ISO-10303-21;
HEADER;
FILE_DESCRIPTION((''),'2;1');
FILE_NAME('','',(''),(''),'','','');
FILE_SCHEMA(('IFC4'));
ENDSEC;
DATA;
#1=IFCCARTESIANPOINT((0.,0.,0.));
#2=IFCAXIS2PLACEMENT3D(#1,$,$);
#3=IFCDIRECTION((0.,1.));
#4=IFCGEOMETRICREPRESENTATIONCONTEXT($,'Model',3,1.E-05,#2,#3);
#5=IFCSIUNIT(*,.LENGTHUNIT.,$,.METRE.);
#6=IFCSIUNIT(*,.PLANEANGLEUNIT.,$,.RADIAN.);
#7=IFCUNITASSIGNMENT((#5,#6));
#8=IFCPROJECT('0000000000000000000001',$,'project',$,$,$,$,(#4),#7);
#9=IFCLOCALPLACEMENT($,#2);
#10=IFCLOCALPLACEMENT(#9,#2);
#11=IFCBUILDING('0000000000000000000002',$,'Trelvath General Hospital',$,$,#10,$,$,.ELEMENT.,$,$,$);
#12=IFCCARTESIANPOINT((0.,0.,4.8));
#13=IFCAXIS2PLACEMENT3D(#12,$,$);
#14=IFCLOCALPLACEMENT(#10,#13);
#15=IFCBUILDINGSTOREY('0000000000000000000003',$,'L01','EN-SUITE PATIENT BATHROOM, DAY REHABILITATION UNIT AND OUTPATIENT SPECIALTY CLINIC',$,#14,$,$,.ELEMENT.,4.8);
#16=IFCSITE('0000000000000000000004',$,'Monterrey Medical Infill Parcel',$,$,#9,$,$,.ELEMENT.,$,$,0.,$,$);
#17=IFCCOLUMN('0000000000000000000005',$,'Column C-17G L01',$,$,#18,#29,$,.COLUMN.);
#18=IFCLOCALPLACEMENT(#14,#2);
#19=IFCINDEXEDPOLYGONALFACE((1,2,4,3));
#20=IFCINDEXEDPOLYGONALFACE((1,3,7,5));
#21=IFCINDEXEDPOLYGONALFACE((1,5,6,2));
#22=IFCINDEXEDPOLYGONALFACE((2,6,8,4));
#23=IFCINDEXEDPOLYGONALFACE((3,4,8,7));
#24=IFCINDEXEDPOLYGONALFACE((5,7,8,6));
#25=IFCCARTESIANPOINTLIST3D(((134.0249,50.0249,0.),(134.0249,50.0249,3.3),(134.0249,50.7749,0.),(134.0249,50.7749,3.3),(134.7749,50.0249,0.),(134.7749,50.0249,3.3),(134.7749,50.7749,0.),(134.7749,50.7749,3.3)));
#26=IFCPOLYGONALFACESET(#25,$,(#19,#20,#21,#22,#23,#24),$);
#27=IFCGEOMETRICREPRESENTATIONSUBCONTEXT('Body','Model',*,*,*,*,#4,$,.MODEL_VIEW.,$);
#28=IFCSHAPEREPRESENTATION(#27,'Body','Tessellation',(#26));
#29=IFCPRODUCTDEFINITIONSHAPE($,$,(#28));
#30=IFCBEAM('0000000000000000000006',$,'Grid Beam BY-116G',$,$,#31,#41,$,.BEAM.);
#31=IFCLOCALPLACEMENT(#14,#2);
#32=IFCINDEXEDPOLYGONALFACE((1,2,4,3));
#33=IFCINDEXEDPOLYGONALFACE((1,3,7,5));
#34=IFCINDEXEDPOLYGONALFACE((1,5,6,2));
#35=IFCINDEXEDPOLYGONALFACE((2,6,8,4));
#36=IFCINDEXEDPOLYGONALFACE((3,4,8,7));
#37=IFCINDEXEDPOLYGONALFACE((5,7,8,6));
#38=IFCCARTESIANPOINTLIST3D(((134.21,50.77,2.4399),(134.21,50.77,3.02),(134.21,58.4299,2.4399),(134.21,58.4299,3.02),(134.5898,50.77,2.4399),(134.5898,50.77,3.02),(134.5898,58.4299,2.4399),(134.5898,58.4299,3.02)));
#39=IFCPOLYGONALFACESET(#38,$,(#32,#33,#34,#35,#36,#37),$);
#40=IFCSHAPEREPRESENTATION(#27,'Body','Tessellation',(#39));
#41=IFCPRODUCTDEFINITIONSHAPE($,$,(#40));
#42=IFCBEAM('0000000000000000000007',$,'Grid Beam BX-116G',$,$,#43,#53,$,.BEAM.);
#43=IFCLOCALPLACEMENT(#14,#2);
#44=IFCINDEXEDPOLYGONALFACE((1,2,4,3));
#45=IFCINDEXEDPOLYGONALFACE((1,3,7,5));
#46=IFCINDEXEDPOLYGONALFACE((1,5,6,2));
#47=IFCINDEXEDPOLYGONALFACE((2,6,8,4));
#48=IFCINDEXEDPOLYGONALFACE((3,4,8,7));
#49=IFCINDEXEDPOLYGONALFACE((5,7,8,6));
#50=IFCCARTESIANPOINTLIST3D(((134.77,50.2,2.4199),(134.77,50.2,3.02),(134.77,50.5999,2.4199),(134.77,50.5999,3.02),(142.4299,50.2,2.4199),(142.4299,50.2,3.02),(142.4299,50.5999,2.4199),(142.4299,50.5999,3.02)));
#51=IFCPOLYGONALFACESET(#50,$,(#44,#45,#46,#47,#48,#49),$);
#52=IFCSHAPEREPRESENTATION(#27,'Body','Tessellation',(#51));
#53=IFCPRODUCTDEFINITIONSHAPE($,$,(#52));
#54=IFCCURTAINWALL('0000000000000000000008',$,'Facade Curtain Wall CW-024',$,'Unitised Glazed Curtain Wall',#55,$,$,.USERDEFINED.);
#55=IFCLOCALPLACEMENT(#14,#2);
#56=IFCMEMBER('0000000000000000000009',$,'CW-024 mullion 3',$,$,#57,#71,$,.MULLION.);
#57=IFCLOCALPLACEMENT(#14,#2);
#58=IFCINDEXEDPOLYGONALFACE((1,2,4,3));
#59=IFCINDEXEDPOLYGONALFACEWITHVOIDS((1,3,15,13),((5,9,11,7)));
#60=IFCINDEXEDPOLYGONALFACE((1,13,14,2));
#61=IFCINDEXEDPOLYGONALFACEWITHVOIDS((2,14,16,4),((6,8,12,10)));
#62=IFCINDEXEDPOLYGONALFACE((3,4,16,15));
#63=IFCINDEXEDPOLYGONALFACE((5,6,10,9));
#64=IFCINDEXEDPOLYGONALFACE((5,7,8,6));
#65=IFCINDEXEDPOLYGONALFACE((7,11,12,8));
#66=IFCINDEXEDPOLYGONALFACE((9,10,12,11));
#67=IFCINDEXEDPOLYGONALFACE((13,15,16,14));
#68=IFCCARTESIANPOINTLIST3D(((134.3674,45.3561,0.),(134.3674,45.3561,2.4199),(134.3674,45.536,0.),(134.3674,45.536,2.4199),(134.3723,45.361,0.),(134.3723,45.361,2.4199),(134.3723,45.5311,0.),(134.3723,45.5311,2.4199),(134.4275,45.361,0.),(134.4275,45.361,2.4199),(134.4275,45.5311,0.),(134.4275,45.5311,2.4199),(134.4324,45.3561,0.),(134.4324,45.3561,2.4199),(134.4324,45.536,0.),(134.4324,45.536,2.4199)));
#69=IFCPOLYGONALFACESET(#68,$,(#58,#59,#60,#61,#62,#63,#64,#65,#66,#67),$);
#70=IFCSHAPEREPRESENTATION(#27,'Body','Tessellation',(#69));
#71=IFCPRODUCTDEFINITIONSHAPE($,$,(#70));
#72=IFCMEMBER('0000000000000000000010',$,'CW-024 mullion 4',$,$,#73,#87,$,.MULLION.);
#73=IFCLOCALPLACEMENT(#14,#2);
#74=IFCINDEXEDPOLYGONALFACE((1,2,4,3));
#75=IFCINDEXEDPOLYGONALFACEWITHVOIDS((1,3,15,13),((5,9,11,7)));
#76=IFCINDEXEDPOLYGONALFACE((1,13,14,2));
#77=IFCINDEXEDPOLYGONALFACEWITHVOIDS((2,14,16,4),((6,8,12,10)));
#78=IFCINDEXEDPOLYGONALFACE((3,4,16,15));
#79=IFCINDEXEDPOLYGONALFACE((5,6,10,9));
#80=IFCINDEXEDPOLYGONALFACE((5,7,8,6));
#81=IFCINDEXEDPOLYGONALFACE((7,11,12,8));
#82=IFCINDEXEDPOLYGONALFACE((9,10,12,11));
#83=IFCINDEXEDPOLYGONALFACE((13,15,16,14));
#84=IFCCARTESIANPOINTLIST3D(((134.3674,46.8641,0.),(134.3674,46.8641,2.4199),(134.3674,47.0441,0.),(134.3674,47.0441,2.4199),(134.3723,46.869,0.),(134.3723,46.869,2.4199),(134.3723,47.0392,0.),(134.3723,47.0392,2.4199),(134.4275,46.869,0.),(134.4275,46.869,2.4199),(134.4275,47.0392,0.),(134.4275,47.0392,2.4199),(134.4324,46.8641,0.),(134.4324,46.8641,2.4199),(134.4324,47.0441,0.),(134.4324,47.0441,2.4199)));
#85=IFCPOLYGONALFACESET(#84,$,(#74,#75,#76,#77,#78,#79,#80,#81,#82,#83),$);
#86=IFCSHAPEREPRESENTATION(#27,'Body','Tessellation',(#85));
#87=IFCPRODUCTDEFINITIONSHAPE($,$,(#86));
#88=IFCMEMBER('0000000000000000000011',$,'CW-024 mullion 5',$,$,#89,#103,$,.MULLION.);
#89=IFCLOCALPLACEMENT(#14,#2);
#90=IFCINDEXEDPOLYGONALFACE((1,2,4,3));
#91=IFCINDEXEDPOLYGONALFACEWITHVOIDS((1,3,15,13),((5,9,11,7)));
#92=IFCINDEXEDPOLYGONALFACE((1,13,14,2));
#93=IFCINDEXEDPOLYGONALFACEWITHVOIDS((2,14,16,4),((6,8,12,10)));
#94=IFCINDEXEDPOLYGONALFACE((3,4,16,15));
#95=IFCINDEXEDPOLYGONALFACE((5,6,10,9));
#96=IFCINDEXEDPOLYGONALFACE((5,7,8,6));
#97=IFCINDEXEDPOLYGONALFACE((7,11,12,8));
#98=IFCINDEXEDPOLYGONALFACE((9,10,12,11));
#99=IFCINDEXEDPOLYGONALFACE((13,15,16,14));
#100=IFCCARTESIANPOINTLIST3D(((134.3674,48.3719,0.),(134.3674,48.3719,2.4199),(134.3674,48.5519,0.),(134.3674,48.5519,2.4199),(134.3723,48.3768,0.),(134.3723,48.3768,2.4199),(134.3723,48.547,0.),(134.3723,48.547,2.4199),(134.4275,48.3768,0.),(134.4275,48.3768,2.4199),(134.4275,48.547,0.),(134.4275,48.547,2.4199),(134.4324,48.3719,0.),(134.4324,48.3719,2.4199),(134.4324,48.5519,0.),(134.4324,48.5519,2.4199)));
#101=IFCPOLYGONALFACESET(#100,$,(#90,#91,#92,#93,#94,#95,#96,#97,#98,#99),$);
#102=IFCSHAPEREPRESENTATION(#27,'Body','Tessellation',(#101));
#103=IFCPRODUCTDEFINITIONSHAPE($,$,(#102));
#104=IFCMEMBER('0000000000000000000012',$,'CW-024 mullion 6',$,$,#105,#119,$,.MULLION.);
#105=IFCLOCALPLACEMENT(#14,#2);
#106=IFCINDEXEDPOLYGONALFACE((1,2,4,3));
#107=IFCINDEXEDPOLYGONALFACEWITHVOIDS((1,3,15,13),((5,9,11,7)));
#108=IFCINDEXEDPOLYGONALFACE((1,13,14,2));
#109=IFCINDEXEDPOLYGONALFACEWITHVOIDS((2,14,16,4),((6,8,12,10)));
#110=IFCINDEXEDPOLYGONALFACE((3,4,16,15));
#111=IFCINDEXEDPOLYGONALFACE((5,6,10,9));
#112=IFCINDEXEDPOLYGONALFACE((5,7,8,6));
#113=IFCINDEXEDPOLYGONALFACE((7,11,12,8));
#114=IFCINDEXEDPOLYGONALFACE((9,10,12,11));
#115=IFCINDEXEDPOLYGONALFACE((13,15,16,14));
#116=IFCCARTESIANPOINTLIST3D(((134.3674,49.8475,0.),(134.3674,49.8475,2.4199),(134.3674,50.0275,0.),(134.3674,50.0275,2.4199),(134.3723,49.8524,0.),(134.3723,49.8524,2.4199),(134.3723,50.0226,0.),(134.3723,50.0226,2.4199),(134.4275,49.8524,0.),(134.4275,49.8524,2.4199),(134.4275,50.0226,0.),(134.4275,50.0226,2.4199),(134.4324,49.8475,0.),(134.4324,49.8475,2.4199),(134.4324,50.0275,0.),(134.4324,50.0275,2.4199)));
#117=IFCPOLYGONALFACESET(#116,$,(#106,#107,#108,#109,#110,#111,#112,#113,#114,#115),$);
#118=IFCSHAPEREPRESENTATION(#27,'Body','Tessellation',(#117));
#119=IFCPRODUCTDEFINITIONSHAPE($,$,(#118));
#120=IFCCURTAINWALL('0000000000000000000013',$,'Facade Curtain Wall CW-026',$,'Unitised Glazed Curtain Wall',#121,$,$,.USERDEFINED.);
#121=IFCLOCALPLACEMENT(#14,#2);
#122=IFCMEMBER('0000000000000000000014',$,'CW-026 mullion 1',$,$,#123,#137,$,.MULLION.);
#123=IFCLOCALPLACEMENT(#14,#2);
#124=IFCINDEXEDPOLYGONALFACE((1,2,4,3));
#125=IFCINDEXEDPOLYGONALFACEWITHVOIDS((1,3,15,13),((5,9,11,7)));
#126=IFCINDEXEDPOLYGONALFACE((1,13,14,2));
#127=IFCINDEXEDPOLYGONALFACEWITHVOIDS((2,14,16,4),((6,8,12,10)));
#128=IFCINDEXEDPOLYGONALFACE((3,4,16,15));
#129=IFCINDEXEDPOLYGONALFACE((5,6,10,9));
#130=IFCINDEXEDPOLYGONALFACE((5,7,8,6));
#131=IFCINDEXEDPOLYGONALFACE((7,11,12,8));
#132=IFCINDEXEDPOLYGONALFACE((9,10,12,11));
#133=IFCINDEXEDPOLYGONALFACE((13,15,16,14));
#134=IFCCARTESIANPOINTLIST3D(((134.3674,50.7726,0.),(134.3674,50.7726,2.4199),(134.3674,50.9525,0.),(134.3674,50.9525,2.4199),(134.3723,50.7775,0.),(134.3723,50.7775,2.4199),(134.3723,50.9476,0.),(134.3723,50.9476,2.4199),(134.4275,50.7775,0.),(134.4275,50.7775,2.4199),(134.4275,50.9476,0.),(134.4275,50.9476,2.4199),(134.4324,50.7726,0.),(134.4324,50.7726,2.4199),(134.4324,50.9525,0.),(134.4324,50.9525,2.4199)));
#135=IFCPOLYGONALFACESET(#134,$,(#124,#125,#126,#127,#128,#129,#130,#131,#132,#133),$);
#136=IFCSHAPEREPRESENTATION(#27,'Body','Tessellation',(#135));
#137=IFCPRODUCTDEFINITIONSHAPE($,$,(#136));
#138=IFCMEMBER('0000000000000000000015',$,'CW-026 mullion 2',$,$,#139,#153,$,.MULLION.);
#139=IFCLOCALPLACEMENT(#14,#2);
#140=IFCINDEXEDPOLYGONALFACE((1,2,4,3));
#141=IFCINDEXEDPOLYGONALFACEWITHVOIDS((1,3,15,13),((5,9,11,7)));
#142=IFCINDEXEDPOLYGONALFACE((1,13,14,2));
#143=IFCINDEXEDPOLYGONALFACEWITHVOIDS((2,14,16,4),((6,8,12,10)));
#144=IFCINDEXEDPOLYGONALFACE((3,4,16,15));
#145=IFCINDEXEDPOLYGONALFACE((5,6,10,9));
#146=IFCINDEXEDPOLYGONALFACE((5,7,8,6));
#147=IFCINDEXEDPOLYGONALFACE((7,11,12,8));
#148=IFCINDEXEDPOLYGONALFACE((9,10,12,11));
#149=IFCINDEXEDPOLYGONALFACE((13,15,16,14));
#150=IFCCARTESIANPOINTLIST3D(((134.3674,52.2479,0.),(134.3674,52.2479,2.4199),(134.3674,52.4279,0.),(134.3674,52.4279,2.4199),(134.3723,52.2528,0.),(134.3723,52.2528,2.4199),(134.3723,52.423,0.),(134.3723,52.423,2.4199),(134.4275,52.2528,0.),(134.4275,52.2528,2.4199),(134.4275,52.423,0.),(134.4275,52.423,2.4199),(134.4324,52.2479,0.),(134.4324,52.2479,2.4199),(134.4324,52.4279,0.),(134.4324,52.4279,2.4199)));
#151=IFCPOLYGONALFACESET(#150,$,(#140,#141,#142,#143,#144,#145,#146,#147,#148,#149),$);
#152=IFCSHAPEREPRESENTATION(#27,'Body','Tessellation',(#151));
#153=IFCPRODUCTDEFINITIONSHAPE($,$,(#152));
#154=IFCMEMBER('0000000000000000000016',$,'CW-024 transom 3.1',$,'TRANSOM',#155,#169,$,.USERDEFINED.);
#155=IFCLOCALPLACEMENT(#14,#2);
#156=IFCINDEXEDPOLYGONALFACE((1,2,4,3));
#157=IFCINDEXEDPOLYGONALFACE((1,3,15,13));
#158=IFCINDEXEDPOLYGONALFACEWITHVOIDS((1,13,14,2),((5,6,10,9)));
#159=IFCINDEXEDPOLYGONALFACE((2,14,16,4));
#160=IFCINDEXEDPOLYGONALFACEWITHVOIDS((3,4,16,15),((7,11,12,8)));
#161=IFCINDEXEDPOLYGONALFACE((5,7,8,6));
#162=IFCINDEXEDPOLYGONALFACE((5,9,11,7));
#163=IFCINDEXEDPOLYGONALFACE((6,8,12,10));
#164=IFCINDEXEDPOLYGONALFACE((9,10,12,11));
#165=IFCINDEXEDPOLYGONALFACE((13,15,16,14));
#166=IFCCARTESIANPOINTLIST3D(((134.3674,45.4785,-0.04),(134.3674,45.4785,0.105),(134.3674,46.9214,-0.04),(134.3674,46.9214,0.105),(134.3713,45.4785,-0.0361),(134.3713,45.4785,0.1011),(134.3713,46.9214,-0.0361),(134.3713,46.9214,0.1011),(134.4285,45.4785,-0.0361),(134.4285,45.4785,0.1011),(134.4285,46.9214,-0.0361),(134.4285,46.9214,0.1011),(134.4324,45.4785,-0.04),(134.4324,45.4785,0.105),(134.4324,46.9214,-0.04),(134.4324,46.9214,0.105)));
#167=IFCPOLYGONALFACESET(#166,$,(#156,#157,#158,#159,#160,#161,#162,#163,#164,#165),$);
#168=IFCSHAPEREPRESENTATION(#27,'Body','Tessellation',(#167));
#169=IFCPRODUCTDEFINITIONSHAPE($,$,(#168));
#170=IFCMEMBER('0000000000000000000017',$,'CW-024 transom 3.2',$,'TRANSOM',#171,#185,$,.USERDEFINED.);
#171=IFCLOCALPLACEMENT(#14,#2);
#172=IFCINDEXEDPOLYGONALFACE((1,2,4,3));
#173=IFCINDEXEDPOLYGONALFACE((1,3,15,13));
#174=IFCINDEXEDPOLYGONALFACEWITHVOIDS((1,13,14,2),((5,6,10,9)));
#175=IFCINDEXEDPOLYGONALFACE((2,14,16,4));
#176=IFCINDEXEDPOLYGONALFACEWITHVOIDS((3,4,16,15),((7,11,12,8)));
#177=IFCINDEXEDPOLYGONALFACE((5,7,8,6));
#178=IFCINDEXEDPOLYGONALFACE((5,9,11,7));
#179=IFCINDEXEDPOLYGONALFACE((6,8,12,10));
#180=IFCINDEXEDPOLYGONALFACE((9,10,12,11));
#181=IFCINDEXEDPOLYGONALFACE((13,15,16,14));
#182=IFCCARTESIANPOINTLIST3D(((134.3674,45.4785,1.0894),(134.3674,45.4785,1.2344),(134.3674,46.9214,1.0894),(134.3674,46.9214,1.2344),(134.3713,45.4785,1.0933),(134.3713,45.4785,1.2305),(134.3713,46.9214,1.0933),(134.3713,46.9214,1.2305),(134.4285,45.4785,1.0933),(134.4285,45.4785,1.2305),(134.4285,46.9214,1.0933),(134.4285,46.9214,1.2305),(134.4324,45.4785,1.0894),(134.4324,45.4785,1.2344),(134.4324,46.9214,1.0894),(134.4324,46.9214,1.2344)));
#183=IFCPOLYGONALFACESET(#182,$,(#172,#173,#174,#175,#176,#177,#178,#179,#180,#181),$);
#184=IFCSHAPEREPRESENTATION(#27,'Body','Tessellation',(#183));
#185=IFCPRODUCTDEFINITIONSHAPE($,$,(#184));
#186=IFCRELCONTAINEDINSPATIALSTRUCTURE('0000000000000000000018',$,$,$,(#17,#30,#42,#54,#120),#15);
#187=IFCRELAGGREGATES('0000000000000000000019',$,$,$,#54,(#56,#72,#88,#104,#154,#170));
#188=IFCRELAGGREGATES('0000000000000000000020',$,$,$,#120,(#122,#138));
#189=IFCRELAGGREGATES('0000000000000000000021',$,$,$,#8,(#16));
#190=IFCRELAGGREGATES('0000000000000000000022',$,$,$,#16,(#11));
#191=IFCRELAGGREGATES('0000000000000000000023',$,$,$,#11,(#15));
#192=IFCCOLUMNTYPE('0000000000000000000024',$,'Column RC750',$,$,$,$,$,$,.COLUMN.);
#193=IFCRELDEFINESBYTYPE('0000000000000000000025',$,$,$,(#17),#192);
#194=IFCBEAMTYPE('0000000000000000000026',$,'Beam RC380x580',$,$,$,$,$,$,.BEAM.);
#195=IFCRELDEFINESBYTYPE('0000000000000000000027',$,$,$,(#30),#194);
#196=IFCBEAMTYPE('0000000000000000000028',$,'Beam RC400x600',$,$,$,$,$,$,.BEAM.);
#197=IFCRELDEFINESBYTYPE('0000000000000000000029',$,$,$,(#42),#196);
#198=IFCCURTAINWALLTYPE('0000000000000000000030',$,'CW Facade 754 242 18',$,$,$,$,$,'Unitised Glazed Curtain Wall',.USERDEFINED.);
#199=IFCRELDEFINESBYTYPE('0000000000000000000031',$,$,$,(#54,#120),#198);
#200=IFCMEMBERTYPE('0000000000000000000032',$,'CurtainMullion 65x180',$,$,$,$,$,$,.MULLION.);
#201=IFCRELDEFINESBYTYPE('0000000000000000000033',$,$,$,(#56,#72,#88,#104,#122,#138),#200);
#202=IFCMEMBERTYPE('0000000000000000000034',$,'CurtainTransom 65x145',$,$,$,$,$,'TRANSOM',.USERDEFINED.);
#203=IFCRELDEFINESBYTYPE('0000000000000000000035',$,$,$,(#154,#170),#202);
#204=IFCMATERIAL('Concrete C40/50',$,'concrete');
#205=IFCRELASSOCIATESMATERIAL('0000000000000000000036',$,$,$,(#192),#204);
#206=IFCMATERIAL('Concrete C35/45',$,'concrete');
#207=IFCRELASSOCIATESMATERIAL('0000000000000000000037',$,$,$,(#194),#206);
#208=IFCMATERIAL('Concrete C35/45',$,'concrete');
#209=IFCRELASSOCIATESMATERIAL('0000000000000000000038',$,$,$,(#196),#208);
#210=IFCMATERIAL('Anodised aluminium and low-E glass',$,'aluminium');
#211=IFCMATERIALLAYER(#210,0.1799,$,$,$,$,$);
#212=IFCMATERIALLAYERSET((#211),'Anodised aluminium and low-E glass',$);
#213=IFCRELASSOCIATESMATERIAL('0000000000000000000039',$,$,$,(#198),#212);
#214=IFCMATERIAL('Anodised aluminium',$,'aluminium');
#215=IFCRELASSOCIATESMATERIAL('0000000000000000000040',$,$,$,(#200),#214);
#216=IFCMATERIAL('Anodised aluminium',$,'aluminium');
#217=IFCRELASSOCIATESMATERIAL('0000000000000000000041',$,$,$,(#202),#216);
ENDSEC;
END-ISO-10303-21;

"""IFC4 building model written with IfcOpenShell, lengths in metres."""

from ifc_helpers import new_model, si_unit, direction, frame, origin, origin_2d, place, context, subcontext, project, spatial, rectangle, hollow_rectangle, extrude, material, layer, layer_set, material_profile, profile_set, type_object, element, aggregate, save


model = new_model("IFC4")

# Units and contexts
model_context = context("Model", 3, precision=1e-05, world=origin(), true_north=direction((0.0, 1.0)))
body_context = subcontext(model_context, "Body", "Model", "MODEL_VIEW")
ifc_project = project(units=[si_unit("LENGTHUNIT", "METRE"), si_unit("PLANEANGLEUNIT", "RADIAN")], contexts=[model_context])

# Site, building, storey
site_placement = place(None, origin())
site = spatial("IfcSite", under=ifc_project, at=site_placement, Name="Monterrey Medical Infill Parcel", CompositionType="ELEMENT", RefElevation=0.0)
building_placement = place(site_placement, origin())
building = spatial("IfcBuilding", under=site, at=building_placement, Name="Trelvath General Hospital", CompositionType="ELEMENT")
storey_placement = place(building_placement, frame((0.0, 0.0, 4.8)))
storey = spatial("IfcBuildingStorey", under=building, at=storey_placement, Name="L01", Description="EN-SUITE PATIENT BATHROOM, DAY REHABILITATION UNIT AND OUTPATIENT SPECIALTY CLINIC", CompositionType="ELEMENT", Elevation=4.8)

# Column
ifc_material_1 = material(Name="Concrete C40/50", Category="concrete")
ifc_material_profile_1 = material_profile(ifc_material_1, rectangle(XDim=0.75, YDim=0.75, at=origin_2d()), Name="RC750x750")
ifc_profile_set_1 = profile_set([ifc_material_profile_1], Name="Concrete C40/50")
column_type = type_object("IfcColumnType", Name="Column RC750", PredefinedType="COLUMN", material=ifc_profile_set_1)
column_placement = place(storey_placement, frame((134.3999, 50.3999, 0.0), z_axis=(0.0, 0.0, 1.0), x_axis=(1.0, 0.0, 0.0)))
element("IfcColumn", 1, at=column_placement, inside=storey, type_object=column_type, Name="Column C-17G L01", PredefinedType="COLUMN", context=body_context, shape_type="SweptSolid", body=[
    extrude(rectangle(XDim=0.75, YDim=0.75, at=origin_2d()), origin(), (0.0, 0.0, 1.0), 3.3),
])

# Beams
ifc_material_2 = material(Name="Concrete C35/45", Category="concrete")
ifc_material_profile_2 = material_profile(ifc_material_2, rectangle(XDim=0.3799, YDim=0.5801, at=origin_2d()), Name="RCB380x580")
ifc_profile_set_2 = profile_set([ifc_material_profile_2], Name="Concrete C35/45")
beam_type_1 = type_object("IfcBeamType", Name="Beam RC380x580", PredefinedType="BEAM", material=ifc_profile_set_2)
beam_1_placement = place(storey_placement, frame((134.3999, 50.77, 2.73), z_axis=(0.0, 1.0, 0.0), x_axis=(-1.0, 0.0, 0.0)))
element("IfcBeam", 2, at=beam_1_placement, inside=storey, type_object=beam_type_1, Name="Grid Beam BY-116G", PredefinedType="BEAM", context=body_context, shape_type="SweptSolid", body=[
    extrude(rectangle(XDim=0.3799, YDim=0.5801, at=origin_2d()), origin(), (0.0, 0.0, 1.0), 7.6599),
])
ifc_material_3 = material(Name="Concrete C35/45", Category="concrete")
ifc_material_profile_3 = material_profile(ifc_material_3, rectangle(XDim=0.3999, YDim=0.6001, at=origin_2d()), Name="RCB400x600")
ifc_profile_set_3 = profile_set([ifc_material_profile_3], Name="Concrete C35/45")
beam_type_2 = type_object("IfcBeamType", Name="Beam RC400x600", PredefinedType="BEAM", material=ifc_profile_set_3)
beam_2_placement = place(storey_placement, frame((134.77, 50.3999, 2.72), z_axis=(1.0, 0.0, 0.0), x_axis=(0.0, 1.0, 0.0)))
element("IfcBeam", 3, at=beam_2_placement, inside=storey, type_object=beam_type_2, Name="Grid Beam BX-116G", PredefinedType="BEAM", context=body_context, shape_type="SweptSolid", body=[
    extrude(rectangle(XDim=0.3999, YDim=0.6001, at=origin_2d()), origin(), (0.0, 0.0, 1.0), 7.6599),
])

# Curtain walls, members
ifc_material_4 = material(Name="Anodised aluminium and low-E glass", Category="aluminium")
ifc_layer_1 = layer(ifc_material_4, 0.1799)
ifc_layer_set_1 = layer_set([ifc_layer_1], Name="Anodised aluminium and low-E glass")
curtain_wall_type = type_object("IfcCurtainWallType", Name="CW Facade 754 242 18", ElementType="Unitised Glazed Curtain Wall", PredefinedType="USERDEFINED", material=ifc_layer_set_1)
curtain_wall_1_placement = place(storey_placement, origin())
curtain_wall_1 = element("IfcCurtainWall", 4, at=curtain_wall_1_placement, inside=storey, type_object=curtain_wall_type, Name="Facade Curtain Wall CW-024", ObjectType="Unitised Glazed Curtain Wall", PredefinedType="USERDEFINED")
ifc_material_5 = material(Name="Anodised aluminium", Category="aluminium")
ifc_material_profile_4 = material_profile(ifc_material_5, hollow_rectangle(XDim=0.0649, YDim=0.1799, WallThickness=0.0049, at=origin_2d()), Name="RHS65x180x5")
ifc_profile_set_4 = profile_set([ifc_material_profile_4], Name="Anodised aluminium")
member_type_1 = type_object("IfcMemberType", Name="CurtainMullion 65x180", PredefinedType="MULLION", material=ifc_profile_set_4)
member_1_placement = place(storey_placement, frame((134.3999, 45.446, 0.0), z_axis=(0.0, 0.0, 1.0), x_axis=(-1.0, 0.0, 0.0)))
member_1 = element("IfcMember", 5, at=member_1_placement, type_object=member_type_1, Name="CW-024 mullion 3", PredefinedType="MULLION", context=body_context, shape_type="SweptSolid", body=[
    extrude(hollow_rectangle(XDim=0.0649, YDim=0.1799, WallThickness=0.0049, at=origin_2d()), origin(), (0.0, 0.0, 1.0), 2.4199),
])
member_2_placement = place(storey_placement, frame((134.3999, 46.9541, 0.0), z_axis=(0.0, 0.0, 1.0), x_axis=(-1.0, 0.0, 0.0)))
member_2 = element("IfcMember", 6, at=member_2_placement, type_object=member_type_1, Name="CW-024 mullion 4", PredefinedType="MULLION", context=body_context, shape_type="SweptSolid", body=[
    extrude(hollow_rectangle(XDim=0.0649, YDim=0.1799, WallThickness=0.0049, at=origin_2d()), origin(), (0.0, 0.0, 1.0), 2.4199),
])
member_3_placement = place(storey_placement, frame((134.3999, 48.4619, 0.0), z_axis=(0.0, 0.0, 1.0), x_axis=(-1.0, 0.0, 0.0)))
member_3 = element("IfcMember", 7, at=member_3_placement, type_object=member_type_1, Name="CW-024 mullion 5", PredefinedType="MULLION", context=body_context, shape_type="SweptSolid", body=[
    extrude(hollow_rectangle(XDim=0.0649, YDim=0.1799, WallThickness=0.0049, at=origin_2d()), origin(), (0.0, 0.0, 1.0), 2.4199),
])
member_4_placement = place(storey_placement, frame((134.3999, 49.9375, 0.0), z_axis=(0.0, 0.0, 1.0), x_axis=(-1.0, 0.0, 0.0)))
member_4 = element("IfcMember", 8, at=member_4_placement, type_object=member_type_1, Name="CW-024 mullion 6", PredefinedType="MULLION", context=body_context, shape_type="SweptSolid", body=[
    extrude(hollow_rectangle(XDim=0.0649, YDim=0.1799, WallThickness=0.0049, at=origin_2d()), origin(), (0.0, 0.0, 1.0), 2.4199),
])
curtain_wall_2_placement = place(storey_placement, origin())
curtain_wall_2 = element("IfcCurtainWall", 9, at=curtain_wall_2_placement, inside=storey, type_object=curtain_wall_type, Name="Facade Curtain Wall CW-026", ObjectType="Unitised Glazed Curtain Wall", PredefinedType="USERDEFINED")
member_5_placement = place(storey_placement, frame((134.3999, 50.8625, 0.0), z_axis=(0.0, 0.0, 1.0), x_axis=(-1.0, 0.0, 0.0)))
member_5 = element("IfcMember", 10, at=member_5_placement, type_object=member_type_1, Name="CW-026 mullion 1", PredefinedType="MULLION", context=body_context, shape_type="SweptSolid", body=[
    extrude(hollow_rectangle(XDim=0.0649, YDim=0.1799, WallThickness=0.0049, at=origin_2d()), origin(), (0.0, 0.0, 1.0), 2.4199),
])
member_6_placement = place(storey_placement, frame((134.3999, 52.3379, 0.0), z_axis=(0.0, 0.0, 1.0), x_axis=(-1.0, 0.0, 0.0)))
member_6 = element("IfcMember", 11, at=member_6_placement, type_object=member_type_1, Name="CW-026 mullion 2", PredefinedType="MULLION", context=body_context, shape_type="SweptSolid", body=[
    extrude(hollow_rectangle(XDim=0.0649, YDim=0.1799, WallThickness=0.0049, at=origin_2d()), origin(), (0.0, 0.0, 1.0), 2.4199),
])

# Members
ifc_material_6 = material(Name="Anodised aluminium", Category="aluminium")
ifc_material_profile_5 = material_profile(ifc_material_6, hollow_rectangle(XDim=0.0649, YDim=0.145, WallThickness=0.0039, at=origin_2d()), Name="RHS65x145x4")
ifc_profile_set_5 = profile_set([ifc_material_profile_5], Name="Anodised aluminium")
member_type_2 = type_object("IfcMemberType", Name="CurtainTransom 65x145", ElementType="TRANSOM", PredefinedType="USERDEFINED", material=ifc_profile_set_5)
member_7_placement = place(storey_placement, frame((134.3999, 45.4785, 0.0325), z_axis=(0.0, 1.0, 0.0), x_axis=(-1.0, 0.0, 0.0)))
member_7 = element("IfcMember", 12, at=member_7_placement, type_object=member_type_2, Name="CW-024 transom 3.1", ObjectType="TRANSOM", PredefinedType="USERDEFINED", context=body_context, shape_type="SweptSolid", body=[
    extrude(hollow_rectangle(XDim=0.0649, YDim=0.145, WallThickness=0.0039, at=origin_2d()), origin(), (0.0, 0.0, 1.0), 1.4429),
])
member_8_placement = place(storey_placement, frame((134.3999, 45.4785, 1.1619), z_axis=(0.0, 1.0, 0.0), x_axis=(-1.0, 0.0, 0.0)))
member_8 = element("IfcMember", 13, at=member_8_placement, type_object=member_type_2, Name="CW-024 transom 3.2", ObjectType="TRANSOM", PredefinedType="USERDEFINED", context=body_context, shape_type="SweptSolid", body=[
    extrude(hollow_rectangle(XDim=0.0649, YDim=0.145, WallThickness=0.0039, at=origin_2d()), origin(), (0.0, 0.0, 1.0), 1.4429),
])

aggregate(curtain_wall_1, [member_1, member_2, member_3, member_4, member_7, member_8])
aggregate(curtain_wall_2, [member_5, member_6])

save(model, "model.ifc")
